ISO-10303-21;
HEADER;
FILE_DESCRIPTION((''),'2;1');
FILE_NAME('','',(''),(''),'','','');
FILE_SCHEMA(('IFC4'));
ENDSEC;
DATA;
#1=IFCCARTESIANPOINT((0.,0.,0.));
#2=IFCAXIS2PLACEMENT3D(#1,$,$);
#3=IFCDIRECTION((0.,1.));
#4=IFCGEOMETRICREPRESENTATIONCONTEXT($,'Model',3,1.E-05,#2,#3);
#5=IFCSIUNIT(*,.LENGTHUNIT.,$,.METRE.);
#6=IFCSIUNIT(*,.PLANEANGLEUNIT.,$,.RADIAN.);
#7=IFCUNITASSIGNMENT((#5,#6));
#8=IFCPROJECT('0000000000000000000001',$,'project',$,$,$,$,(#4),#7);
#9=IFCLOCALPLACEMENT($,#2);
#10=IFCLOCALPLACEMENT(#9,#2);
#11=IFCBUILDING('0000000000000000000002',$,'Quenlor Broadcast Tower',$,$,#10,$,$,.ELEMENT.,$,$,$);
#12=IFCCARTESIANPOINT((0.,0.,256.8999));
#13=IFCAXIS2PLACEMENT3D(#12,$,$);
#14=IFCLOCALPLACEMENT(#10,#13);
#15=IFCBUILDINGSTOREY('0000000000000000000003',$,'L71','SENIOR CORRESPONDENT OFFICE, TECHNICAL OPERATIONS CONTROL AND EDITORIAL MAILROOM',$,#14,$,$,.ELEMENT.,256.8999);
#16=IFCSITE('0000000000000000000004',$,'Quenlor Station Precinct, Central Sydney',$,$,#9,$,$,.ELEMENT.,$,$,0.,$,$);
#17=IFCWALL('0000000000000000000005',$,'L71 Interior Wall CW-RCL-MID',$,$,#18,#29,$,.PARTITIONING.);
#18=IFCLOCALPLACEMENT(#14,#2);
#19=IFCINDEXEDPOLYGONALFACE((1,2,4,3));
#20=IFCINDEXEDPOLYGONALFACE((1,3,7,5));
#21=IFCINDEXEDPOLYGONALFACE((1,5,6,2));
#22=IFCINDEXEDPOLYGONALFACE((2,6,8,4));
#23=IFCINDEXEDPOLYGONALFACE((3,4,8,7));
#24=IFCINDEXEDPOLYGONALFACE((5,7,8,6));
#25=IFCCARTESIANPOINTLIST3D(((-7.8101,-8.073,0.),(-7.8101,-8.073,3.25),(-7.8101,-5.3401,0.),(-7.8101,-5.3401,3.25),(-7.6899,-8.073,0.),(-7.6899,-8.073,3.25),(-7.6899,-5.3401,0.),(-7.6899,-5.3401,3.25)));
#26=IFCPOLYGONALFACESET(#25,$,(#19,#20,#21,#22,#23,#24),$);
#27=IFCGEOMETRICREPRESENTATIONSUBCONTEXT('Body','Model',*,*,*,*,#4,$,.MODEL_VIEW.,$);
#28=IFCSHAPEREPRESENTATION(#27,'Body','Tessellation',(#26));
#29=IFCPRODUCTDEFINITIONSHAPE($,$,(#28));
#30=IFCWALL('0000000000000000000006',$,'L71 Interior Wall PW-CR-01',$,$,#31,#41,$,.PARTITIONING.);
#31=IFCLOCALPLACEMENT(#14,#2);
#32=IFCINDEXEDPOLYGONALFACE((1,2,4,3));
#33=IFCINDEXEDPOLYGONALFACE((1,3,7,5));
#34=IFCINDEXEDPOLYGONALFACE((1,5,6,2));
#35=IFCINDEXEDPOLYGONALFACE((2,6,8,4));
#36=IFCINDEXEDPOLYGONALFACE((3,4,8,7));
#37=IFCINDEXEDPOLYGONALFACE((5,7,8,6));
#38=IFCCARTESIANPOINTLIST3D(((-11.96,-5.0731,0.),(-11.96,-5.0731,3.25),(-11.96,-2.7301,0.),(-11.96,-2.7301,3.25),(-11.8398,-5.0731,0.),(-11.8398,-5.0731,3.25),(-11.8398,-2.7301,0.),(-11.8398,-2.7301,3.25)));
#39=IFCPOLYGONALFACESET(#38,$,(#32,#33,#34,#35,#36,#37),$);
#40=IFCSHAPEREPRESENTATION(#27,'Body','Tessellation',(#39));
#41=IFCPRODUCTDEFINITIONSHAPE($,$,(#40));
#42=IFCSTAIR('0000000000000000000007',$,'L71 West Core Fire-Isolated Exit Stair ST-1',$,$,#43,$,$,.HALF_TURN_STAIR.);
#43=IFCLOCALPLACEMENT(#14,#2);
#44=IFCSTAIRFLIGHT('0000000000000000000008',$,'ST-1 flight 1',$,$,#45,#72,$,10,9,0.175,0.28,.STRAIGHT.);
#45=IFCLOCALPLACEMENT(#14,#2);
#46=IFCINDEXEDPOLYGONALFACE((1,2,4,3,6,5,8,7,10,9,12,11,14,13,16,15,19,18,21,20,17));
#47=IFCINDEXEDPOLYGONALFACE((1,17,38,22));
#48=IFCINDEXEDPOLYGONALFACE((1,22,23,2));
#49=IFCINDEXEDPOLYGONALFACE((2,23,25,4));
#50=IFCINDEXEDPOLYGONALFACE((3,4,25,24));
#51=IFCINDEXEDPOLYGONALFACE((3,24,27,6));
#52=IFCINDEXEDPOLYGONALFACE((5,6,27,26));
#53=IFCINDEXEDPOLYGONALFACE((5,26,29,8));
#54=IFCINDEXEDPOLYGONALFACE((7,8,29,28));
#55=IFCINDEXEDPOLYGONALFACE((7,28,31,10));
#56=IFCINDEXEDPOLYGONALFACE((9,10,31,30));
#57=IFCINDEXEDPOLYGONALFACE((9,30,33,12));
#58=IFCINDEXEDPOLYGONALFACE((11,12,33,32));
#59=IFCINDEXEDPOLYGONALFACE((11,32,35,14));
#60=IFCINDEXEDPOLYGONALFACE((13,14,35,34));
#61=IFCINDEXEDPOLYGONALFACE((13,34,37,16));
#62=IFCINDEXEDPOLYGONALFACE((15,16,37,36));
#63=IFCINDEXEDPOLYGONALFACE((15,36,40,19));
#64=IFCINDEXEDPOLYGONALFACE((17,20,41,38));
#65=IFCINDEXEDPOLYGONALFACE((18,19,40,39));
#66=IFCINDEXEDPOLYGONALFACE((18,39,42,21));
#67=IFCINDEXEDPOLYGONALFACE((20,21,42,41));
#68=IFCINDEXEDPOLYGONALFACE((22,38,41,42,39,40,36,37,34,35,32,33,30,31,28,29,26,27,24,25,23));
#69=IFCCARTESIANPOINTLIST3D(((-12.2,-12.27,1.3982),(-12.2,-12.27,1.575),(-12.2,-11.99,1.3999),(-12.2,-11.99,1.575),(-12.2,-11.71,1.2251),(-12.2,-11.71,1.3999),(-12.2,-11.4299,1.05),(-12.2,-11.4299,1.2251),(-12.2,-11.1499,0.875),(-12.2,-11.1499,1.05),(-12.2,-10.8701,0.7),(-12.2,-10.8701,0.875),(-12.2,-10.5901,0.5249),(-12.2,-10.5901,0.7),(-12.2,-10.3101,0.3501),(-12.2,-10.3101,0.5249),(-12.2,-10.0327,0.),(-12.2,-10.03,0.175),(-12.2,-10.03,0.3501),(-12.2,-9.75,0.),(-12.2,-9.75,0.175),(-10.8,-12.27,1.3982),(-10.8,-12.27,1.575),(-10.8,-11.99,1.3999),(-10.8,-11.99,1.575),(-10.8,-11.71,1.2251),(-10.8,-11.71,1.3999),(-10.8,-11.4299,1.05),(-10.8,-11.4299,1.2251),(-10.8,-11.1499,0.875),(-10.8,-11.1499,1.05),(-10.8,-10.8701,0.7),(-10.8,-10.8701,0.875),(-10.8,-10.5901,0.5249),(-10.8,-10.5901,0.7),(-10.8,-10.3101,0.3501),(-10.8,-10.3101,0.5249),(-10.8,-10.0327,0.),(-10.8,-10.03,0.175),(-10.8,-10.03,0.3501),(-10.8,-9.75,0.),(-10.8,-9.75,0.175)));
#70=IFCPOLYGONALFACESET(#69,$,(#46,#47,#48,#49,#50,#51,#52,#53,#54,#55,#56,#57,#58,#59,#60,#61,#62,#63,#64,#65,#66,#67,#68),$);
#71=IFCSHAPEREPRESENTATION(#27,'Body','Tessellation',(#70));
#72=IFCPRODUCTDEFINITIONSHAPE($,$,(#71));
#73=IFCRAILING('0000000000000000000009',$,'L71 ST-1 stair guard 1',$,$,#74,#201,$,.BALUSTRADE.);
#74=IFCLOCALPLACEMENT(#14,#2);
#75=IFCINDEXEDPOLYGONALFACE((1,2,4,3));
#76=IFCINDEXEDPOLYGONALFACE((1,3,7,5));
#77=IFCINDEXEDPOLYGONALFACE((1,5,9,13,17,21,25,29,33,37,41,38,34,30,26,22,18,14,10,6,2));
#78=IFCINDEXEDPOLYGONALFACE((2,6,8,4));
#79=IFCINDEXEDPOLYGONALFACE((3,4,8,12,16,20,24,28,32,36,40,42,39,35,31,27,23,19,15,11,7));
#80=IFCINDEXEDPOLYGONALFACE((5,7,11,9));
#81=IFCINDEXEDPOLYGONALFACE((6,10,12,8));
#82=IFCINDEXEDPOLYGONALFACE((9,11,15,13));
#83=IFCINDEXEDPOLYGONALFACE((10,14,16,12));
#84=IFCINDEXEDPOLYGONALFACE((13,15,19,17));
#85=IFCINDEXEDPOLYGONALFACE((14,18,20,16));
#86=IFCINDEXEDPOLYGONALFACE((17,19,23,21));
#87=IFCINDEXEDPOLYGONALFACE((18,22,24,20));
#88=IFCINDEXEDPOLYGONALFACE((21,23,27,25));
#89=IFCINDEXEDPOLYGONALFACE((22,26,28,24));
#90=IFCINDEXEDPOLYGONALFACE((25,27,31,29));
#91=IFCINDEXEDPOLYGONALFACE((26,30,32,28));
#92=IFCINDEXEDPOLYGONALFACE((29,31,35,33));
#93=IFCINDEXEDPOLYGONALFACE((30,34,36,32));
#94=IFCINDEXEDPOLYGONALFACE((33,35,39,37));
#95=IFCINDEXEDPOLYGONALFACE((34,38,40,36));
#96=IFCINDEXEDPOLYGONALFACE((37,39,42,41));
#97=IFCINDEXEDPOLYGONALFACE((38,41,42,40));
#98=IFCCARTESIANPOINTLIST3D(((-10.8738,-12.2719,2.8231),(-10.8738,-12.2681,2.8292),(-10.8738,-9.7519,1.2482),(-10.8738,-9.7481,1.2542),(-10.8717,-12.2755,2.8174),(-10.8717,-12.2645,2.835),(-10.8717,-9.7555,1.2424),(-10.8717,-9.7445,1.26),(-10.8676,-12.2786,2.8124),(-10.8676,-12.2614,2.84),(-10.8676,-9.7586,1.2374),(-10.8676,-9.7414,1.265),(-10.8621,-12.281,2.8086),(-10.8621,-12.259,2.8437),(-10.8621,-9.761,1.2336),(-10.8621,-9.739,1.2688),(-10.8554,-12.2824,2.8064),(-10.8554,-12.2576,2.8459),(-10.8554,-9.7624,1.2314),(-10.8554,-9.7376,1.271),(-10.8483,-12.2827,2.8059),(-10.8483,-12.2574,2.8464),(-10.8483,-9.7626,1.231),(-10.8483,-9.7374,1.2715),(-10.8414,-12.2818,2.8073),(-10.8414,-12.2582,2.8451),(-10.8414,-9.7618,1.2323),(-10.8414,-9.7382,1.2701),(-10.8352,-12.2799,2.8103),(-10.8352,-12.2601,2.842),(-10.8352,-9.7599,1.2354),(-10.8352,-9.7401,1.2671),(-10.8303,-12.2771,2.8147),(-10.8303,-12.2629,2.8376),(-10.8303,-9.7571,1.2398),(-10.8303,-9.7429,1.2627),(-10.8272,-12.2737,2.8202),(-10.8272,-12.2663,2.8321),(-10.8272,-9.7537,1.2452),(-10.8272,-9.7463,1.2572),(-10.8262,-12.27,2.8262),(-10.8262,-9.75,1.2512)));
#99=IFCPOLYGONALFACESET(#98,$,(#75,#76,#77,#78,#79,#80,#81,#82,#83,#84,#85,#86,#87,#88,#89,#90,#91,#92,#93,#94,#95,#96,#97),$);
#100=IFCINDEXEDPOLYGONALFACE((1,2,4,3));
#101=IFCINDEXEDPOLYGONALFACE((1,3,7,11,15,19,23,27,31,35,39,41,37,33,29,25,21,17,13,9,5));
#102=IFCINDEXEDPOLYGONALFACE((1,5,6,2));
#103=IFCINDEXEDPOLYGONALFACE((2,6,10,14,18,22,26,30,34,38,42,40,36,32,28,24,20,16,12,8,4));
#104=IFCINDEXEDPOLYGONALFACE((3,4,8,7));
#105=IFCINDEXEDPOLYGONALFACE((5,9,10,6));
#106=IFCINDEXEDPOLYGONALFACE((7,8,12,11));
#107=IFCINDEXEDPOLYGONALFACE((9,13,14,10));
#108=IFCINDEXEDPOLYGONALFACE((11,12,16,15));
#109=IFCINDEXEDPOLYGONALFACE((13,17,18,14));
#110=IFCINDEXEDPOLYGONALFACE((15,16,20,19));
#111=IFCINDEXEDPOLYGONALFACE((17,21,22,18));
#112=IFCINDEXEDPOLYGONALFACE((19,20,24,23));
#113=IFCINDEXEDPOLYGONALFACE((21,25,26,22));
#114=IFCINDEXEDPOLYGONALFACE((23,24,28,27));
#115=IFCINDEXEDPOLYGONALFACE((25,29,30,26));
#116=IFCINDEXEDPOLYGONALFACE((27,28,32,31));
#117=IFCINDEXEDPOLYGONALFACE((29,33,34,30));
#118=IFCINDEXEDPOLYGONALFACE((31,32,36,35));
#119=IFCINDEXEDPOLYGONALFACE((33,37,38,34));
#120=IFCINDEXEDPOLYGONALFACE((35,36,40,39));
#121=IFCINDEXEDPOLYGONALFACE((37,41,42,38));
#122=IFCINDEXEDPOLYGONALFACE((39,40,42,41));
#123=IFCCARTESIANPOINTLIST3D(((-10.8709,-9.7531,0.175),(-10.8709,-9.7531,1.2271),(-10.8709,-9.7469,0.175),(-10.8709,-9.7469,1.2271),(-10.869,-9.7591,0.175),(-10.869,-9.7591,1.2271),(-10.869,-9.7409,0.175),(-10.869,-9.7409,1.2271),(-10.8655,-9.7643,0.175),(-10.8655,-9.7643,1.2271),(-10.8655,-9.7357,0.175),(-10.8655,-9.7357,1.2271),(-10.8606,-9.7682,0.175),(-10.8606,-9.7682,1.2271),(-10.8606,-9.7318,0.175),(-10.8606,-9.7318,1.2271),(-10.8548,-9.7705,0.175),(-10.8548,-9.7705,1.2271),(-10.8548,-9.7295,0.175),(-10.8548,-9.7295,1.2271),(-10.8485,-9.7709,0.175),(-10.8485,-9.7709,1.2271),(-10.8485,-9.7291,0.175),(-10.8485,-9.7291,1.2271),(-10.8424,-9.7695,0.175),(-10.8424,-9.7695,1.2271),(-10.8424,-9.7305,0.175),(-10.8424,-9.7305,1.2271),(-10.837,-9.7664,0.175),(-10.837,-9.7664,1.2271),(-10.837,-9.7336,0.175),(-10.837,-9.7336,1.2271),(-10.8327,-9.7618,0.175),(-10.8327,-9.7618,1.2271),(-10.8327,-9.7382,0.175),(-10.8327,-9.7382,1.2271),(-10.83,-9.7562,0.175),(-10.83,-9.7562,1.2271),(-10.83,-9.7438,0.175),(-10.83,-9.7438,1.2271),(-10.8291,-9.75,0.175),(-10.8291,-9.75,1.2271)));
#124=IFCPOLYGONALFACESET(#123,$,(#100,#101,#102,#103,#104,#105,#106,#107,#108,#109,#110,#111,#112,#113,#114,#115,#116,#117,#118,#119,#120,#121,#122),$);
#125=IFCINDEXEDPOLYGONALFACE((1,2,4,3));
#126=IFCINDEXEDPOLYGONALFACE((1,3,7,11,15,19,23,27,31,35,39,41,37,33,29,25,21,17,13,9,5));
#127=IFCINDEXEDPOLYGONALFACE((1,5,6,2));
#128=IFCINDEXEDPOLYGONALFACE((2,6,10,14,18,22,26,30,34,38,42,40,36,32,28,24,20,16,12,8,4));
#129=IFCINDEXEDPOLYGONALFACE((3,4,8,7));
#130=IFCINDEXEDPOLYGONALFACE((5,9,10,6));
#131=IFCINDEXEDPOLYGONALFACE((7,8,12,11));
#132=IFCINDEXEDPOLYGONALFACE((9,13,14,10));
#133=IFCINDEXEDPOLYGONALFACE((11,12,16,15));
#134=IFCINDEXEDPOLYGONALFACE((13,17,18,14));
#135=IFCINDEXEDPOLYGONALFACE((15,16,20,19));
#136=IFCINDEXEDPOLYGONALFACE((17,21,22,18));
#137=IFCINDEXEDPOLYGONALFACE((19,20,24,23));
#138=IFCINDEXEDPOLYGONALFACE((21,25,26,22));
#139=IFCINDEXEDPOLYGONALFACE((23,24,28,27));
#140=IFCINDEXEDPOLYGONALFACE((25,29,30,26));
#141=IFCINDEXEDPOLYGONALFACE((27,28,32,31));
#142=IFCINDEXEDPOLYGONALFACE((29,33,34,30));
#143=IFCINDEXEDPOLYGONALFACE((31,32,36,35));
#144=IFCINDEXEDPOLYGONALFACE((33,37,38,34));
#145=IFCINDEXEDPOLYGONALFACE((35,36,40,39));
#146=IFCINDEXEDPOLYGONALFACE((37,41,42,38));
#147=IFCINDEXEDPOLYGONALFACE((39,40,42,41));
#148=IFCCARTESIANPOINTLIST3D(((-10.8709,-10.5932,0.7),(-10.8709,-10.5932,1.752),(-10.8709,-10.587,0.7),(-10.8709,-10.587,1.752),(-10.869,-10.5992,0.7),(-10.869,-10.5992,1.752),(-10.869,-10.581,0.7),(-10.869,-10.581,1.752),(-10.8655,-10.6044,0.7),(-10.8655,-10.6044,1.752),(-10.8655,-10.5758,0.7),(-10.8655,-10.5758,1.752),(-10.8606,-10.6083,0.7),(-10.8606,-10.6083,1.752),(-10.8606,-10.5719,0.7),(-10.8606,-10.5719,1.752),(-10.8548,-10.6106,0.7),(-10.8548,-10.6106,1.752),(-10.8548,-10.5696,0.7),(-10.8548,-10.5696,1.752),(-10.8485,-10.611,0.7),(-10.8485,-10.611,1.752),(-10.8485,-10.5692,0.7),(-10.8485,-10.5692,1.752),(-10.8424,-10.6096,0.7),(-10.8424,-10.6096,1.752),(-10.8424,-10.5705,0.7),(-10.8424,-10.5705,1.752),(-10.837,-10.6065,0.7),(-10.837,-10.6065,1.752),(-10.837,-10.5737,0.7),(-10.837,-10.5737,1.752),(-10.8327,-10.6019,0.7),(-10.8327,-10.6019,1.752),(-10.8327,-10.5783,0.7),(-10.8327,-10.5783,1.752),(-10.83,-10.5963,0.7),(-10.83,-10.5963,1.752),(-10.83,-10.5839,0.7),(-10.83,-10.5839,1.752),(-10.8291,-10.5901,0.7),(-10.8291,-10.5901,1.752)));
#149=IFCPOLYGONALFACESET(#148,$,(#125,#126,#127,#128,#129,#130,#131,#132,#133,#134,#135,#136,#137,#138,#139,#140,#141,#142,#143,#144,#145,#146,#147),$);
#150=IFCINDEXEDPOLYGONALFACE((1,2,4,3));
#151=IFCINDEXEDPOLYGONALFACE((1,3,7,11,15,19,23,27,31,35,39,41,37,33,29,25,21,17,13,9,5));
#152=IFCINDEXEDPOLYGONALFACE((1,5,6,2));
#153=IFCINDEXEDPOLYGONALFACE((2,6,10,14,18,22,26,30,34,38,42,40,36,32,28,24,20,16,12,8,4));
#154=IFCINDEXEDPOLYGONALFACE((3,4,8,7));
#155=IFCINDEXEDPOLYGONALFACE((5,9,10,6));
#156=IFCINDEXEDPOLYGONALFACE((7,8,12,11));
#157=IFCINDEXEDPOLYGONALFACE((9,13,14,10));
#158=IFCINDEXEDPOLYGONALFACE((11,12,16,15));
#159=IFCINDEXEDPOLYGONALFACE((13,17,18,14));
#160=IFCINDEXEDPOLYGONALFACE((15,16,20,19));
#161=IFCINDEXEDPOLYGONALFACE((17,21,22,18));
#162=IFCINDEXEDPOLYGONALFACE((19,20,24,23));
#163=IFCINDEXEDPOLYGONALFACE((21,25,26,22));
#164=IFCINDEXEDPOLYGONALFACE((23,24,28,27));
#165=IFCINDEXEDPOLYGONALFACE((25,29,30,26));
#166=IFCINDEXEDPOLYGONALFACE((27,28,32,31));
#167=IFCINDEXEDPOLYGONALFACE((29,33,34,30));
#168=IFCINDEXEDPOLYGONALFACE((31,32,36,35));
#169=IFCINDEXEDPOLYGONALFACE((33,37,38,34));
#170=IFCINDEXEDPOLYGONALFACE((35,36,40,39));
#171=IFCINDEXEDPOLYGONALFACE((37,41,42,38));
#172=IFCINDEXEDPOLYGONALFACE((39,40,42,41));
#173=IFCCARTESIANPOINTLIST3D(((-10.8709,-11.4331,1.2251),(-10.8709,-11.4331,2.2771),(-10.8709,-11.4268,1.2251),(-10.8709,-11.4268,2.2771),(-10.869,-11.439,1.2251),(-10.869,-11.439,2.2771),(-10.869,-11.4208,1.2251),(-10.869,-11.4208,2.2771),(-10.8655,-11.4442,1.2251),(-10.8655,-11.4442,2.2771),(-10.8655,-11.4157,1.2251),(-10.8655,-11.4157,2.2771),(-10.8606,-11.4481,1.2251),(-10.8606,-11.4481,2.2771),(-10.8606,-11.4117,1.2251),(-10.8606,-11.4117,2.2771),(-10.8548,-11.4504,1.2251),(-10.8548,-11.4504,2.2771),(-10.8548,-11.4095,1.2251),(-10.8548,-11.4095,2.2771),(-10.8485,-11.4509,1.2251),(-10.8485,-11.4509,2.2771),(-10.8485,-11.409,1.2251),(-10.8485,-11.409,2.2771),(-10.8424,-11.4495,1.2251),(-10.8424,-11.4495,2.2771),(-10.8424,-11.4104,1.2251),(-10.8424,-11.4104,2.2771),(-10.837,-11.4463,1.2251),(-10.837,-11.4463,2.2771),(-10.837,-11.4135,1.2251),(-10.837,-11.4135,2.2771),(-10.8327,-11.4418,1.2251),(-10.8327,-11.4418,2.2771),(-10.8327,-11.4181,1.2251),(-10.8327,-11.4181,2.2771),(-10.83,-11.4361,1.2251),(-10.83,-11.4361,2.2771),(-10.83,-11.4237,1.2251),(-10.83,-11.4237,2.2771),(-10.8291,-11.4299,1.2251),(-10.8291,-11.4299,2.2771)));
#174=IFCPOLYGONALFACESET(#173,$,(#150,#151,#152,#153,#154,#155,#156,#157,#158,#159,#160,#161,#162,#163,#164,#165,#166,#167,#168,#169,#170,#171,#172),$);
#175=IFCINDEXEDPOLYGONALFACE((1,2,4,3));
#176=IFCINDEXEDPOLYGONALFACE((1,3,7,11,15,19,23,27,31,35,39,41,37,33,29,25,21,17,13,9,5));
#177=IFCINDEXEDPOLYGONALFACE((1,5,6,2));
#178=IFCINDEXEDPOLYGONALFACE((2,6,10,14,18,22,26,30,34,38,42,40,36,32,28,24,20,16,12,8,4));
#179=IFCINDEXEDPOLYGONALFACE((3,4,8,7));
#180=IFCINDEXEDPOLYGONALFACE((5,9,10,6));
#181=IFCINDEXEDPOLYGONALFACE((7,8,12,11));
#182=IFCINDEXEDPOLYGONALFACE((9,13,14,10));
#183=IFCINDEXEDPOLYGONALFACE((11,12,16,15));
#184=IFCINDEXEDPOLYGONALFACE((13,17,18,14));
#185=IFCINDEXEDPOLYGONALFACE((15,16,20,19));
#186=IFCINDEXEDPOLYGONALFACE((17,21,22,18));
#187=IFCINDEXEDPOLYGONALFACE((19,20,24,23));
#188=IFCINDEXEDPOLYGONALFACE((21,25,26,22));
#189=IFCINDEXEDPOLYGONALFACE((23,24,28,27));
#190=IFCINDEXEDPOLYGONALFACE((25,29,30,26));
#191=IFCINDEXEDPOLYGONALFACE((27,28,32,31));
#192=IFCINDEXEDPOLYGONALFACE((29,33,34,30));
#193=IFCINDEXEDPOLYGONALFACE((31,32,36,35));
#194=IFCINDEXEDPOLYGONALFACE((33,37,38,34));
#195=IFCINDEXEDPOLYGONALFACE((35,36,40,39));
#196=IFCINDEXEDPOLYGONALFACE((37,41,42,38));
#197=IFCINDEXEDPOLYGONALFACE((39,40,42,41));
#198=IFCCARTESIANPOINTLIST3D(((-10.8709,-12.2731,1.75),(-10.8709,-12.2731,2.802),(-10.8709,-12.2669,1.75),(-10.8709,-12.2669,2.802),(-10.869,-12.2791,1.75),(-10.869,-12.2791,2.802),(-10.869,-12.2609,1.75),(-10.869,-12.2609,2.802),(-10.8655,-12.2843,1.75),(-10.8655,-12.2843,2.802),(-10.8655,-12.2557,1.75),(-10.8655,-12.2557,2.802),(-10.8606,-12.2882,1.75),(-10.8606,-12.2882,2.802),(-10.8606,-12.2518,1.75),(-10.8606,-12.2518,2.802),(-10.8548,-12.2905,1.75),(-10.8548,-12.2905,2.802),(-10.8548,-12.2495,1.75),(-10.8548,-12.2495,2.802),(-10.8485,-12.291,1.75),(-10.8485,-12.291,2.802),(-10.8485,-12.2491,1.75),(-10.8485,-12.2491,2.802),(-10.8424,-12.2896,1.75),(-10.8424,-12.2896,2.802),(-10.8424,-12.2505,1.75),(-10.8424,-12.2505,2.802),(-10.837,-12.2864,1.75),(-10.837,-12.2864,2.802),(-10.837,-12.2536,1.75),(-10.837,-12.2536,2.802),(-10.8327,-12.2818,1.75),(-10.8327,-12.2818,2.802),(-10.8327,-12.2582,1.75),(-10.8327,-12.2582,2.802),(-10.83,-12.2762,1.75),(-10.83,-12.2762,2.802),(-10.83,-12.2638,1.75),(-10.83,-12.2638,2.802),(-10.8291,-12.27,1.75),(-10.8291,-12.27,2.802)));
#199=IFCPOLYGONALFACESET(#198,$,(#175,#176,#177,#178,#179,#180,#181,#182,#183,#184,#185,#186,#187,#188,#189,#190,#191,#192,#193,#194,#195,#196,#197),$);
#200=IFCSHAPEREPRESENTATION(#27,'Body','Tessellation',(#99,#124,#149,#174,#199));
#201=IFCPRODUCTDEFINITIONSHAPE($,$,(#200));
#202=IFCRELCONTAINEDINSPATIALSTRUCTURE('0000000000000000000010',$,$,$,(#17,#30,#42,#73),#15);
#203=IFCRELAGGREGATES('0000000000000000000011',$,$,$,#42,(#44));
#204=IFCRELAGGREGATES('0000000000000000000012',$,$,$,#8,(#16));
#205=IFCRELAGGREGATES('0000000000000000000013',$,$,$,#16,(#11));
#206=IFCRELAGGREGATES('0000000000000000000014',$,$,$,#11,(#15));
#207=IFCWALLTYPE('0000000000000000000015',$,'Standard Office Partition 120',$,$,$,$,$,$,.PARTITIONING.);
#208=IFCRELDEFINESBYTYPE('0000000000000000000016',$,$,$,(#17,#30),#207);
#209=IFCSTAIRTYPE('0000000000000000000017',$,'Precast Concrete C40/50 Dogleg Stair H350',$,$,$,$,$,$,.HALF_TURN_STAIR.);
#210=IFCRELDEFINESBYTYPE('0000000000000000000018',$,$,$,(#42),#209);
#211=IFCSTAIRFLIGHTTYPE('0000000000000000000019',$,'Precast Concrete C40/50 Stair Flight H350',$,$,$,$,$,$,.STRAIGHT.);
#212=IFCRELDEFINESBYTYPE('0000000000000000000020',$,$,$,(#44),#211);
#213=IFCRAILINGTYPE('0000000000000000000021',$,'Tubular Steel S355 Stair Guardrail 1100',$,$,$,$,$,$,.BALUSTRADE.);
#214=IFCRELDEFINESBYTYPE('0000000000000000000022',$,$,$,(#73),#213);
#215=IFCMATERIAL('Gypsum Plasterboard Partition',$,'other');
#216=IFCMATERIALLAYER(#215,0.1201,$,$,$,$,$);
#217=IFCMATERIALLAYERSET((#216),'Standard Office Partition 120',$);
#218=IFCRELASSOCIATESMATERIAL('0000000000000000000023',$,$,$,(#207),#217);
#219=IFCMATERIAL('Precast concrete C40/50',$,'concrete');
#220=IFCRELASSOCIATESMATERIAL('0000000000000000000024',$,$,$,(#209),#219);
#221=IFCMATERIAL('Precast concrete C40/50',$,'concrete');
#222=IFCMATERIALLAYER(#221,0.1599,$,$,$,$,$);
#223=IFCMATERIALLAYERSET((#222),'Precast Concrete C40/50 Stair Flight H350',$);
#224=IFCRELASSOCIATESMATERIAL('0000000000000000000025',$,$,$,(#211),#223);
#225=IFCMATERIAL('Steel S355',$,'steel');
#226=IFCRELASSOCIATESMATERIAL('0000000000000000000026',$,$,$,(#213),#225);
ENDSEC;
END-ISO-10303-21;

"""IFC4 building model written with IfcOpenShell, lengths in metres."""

from ifc_helpers import new_model, si_unit, direction, frame, frame_2d, origin, origin_2d, place, context, subcontext, project, spatial, polyline, rectangle, circle, outline, extrude, material, layer, layer_set, type_object, element, aggregate, save


model = new_model("IFC4")

# Units and contexts
model_context = context("Model", 3, precision=1e-05, world=origin(), true_north=direction((0.0, 1.0)))
body_context = subcontext(model_context, "Body", "Model", "MODEL_VIEW")
ifc_project = project(units=[si_unit("LENGTHUNIT", "METRE"), si_unit("PLANEANGLEUNIT", "RADIAN")], contexts=[model_context])

# Site, building, storey
site_placement = place(None, origin())
site = spatial("IfcSite", under=ifc_project, at=site_placement, Name="Quenlor Station Precinct, Central Sydney", CompositionType="ELEMENT", RefElevation=0.0)
building_placement = place(site_placement, origin())
building = spatial("IfcBuilding", under=site, at=building_placement, Name="Quenlor Broadcast Tower", CompositionType="ELEMENT")
storey_placement = place(building_placement, frame((0.0, 0.0, 256.8999)))
storey = spatial("IfcBuildingStorey", under=building, at=storey_placement, Name="L71", Description="SENIOR CORRESPONDENT OFFICE, TECHNICAL OPERATIONS CONTROL AND EDITORIAL MAILROOM", CompositionType="ELEMENT", Elevation=256.8999)

# Wall
ifc_material_1 = material(Name="Gypsum Plasterboard Partition", Category="other")
ifc_layer_1 = layer(ifc_material_1, 0.1201)
ifc_layer_set_1 = layer_set([ifc_layer_1], Name="Standard Office Partition 120")
wall_type_1 = type_object("IfcWallType", Name="Standard Office Partition 120", PredefinedType="PARTITIONING", material=ifc_layer_set_1)
wall_1_placement = place(storey_placement, frame((-7.75, -8.073, 0.0), z_axis=(0.0, 0.0, 1.0), x_axis=(0.0, 1.0, 0.0)))
element("IfcWall", 1, at=wall_1_placement, inside=storey, type_object=wall_type_1, Name="L71 Interior Wall CW-RCL-MID", PredefinedType="PARTITIONING", context=body_context, shape_type="SweptSolid", body=[
    extrude(rectangle(XDim=2.7329, YDim=0.1201, at=frame_2d((1.3665, 0.0))), origin(), (0.0, 0.0, 1.0), 3.25),
])

# Wall
wall_2_placement = place(storey_placement, frame((-11.8999, -5.073, 0.0), z_axis=(0.0, 0.0, 1.0), x_axis=(0.0, 1.0, 0.0)))
element("IfcWall", 2, at=wall_2_placement, inside=storey, type_object=wall_type_1, Name="L71 Interior Wall PW-CR-01", PredefinedType="PARTITIONING", context=body_context, shape_type="SweptSolid", body=[
    extrude(rectangle(XDim=2.343, YDim=0.1201, at=frame_2d((1.1714, 0.0))), origin(), (0.0, 0.0, 1.0), 3.25),
])

# Stair, stair flight
ifc_material_2 = material(Name="Precast concrete C40/50", Category="concrete")
stair_type = type_object("IfcStairType", Name="Precast Concrete C40/50 Dogleg Stair H350", PredefinedType="HALF_TURN_STAIR", material=ifc_material_2)
stair_placement = place(storey_placement, origin())
stair = element("IfcStair", 3, at=stair_placement, inside=storey, type_object=stair_type, Name="L71 West Core Fire-Isolated Exit Stair ST-1", PredefinedType="HALF_TURN_STAIR")
ifc_material_3 = material(Name="Precast concrete C40/50", Category="concrete")
ifc_layer_2 = layer(ifc_material_3, 0.1599)
ifc_layer_set_2 = layer_set([ifc_layer_2], Name="Precast Concrete C40/50 Stair Flight H350")
stair_flight_type = type_object("IfcStairFlightType", Name="Precast Concrete C40/50 Stair Flight H350", PredefinedType="STRAIGHT", material=ifc_layer_set_2)
stair_flight_placement = place(storey_placement, frame((-11.5, -9.75, 0.0), z_axis=(0.0, 0.0, 1.0), x_axis=(0.0, -1.0, 0.0)))
stair_flight = element("IfcStairFlight", 4, at=stair_flight_placement, type_object=stair_flight_type, Name="ST-1 flight 1", NumberOfRisers=10, NumberOfTreads=9, PredefinedType="STRAIGHT", RiserHeight=0.175, TreadLength=0.28, context=body_context, shape_type="SweptSolid", body=[
    extrude(outline(polyline([(0.0, 0.0), (0.0, 0.175), (0.28, 0.175), (0.28, 0.3501), (0.5601, 0.3501), (0.5601, 0.5249), (0.8401, 0.5249), (0.8401, 0.7), (1.1201, 0.7), (1.1201, 0.875), (1.3999, 0.875), (1.3999, 1.05), (1.6799, 1.05), (1.6799, 1.2251), (1.96, 1.2251), (1.96, 1.3999), (2.24, 1.3999), (2.24, 1.575), (2.52, 1.575), (2.52, 1.75), (2.52, 1.3982), (0.2827, 0.0), (0.0, 0.0)])), frame((0.0, 0.7, 0.0), z_axis=(0.0, -1.0, 0.0), x_axis=(1.0, 0.0, 0.0)), (0.0, 0.0, 1.0), 1.3999),
])
aggregate(stair, [stair_flight])

# Railing
ifc_material_4 = material(Name="Steel S355", Category="steel")
railing_type = type_object("IfcRailingType", Name="Tubular Steel S355 Stair Guardrail 1100", PredefinedType="BALUSTRADE", material=ifc_material_4)
railing_1_placement = place(storey_placement, frame((-10.8501, -9.75, 0.175)))
element("IfcRailing", 5, at=railing_1_placement, inside=storey, type_object=railing_type, Name="L71 ST-1 stair guard 1", PredefinedType="BALUSTRADE", context=body_context, shape_type="SweptSolid", body=[
    extrude(circle(Radius=0.0239, at=origin_2d()), frame((0.0, 0.0, 1.0762), z_axis=(0.0, -0.848008, 0.529984), x_axis=(1.0, 0.0, 0.0)), (0.0, 0.0, 1.0), 2.9717),
    extrude(circle(Radius=0.021, at=origin_2d()), origin(), (0.0, 0.0, 1.0), 1.052),
    extrude(circle(Radius=0.021, at=origin_2d()), frame((0.0, -0.8401, 0.5249)), (0.0, 0.0, 1.0), 1.052),
    extrude(circle(Radius=0.021, at=origin_2d()), frame((0.0, -1.6799, 1.05)), (0.0, 0.0, 1.0), 1.052),
    extrude(circle(Radius=0.021, at=origin_2d()), frame((0.0, -2.52, 1.575)), (0.0, 0.0, 1.0), 1.052),
])

save(model, "model.ifc")
